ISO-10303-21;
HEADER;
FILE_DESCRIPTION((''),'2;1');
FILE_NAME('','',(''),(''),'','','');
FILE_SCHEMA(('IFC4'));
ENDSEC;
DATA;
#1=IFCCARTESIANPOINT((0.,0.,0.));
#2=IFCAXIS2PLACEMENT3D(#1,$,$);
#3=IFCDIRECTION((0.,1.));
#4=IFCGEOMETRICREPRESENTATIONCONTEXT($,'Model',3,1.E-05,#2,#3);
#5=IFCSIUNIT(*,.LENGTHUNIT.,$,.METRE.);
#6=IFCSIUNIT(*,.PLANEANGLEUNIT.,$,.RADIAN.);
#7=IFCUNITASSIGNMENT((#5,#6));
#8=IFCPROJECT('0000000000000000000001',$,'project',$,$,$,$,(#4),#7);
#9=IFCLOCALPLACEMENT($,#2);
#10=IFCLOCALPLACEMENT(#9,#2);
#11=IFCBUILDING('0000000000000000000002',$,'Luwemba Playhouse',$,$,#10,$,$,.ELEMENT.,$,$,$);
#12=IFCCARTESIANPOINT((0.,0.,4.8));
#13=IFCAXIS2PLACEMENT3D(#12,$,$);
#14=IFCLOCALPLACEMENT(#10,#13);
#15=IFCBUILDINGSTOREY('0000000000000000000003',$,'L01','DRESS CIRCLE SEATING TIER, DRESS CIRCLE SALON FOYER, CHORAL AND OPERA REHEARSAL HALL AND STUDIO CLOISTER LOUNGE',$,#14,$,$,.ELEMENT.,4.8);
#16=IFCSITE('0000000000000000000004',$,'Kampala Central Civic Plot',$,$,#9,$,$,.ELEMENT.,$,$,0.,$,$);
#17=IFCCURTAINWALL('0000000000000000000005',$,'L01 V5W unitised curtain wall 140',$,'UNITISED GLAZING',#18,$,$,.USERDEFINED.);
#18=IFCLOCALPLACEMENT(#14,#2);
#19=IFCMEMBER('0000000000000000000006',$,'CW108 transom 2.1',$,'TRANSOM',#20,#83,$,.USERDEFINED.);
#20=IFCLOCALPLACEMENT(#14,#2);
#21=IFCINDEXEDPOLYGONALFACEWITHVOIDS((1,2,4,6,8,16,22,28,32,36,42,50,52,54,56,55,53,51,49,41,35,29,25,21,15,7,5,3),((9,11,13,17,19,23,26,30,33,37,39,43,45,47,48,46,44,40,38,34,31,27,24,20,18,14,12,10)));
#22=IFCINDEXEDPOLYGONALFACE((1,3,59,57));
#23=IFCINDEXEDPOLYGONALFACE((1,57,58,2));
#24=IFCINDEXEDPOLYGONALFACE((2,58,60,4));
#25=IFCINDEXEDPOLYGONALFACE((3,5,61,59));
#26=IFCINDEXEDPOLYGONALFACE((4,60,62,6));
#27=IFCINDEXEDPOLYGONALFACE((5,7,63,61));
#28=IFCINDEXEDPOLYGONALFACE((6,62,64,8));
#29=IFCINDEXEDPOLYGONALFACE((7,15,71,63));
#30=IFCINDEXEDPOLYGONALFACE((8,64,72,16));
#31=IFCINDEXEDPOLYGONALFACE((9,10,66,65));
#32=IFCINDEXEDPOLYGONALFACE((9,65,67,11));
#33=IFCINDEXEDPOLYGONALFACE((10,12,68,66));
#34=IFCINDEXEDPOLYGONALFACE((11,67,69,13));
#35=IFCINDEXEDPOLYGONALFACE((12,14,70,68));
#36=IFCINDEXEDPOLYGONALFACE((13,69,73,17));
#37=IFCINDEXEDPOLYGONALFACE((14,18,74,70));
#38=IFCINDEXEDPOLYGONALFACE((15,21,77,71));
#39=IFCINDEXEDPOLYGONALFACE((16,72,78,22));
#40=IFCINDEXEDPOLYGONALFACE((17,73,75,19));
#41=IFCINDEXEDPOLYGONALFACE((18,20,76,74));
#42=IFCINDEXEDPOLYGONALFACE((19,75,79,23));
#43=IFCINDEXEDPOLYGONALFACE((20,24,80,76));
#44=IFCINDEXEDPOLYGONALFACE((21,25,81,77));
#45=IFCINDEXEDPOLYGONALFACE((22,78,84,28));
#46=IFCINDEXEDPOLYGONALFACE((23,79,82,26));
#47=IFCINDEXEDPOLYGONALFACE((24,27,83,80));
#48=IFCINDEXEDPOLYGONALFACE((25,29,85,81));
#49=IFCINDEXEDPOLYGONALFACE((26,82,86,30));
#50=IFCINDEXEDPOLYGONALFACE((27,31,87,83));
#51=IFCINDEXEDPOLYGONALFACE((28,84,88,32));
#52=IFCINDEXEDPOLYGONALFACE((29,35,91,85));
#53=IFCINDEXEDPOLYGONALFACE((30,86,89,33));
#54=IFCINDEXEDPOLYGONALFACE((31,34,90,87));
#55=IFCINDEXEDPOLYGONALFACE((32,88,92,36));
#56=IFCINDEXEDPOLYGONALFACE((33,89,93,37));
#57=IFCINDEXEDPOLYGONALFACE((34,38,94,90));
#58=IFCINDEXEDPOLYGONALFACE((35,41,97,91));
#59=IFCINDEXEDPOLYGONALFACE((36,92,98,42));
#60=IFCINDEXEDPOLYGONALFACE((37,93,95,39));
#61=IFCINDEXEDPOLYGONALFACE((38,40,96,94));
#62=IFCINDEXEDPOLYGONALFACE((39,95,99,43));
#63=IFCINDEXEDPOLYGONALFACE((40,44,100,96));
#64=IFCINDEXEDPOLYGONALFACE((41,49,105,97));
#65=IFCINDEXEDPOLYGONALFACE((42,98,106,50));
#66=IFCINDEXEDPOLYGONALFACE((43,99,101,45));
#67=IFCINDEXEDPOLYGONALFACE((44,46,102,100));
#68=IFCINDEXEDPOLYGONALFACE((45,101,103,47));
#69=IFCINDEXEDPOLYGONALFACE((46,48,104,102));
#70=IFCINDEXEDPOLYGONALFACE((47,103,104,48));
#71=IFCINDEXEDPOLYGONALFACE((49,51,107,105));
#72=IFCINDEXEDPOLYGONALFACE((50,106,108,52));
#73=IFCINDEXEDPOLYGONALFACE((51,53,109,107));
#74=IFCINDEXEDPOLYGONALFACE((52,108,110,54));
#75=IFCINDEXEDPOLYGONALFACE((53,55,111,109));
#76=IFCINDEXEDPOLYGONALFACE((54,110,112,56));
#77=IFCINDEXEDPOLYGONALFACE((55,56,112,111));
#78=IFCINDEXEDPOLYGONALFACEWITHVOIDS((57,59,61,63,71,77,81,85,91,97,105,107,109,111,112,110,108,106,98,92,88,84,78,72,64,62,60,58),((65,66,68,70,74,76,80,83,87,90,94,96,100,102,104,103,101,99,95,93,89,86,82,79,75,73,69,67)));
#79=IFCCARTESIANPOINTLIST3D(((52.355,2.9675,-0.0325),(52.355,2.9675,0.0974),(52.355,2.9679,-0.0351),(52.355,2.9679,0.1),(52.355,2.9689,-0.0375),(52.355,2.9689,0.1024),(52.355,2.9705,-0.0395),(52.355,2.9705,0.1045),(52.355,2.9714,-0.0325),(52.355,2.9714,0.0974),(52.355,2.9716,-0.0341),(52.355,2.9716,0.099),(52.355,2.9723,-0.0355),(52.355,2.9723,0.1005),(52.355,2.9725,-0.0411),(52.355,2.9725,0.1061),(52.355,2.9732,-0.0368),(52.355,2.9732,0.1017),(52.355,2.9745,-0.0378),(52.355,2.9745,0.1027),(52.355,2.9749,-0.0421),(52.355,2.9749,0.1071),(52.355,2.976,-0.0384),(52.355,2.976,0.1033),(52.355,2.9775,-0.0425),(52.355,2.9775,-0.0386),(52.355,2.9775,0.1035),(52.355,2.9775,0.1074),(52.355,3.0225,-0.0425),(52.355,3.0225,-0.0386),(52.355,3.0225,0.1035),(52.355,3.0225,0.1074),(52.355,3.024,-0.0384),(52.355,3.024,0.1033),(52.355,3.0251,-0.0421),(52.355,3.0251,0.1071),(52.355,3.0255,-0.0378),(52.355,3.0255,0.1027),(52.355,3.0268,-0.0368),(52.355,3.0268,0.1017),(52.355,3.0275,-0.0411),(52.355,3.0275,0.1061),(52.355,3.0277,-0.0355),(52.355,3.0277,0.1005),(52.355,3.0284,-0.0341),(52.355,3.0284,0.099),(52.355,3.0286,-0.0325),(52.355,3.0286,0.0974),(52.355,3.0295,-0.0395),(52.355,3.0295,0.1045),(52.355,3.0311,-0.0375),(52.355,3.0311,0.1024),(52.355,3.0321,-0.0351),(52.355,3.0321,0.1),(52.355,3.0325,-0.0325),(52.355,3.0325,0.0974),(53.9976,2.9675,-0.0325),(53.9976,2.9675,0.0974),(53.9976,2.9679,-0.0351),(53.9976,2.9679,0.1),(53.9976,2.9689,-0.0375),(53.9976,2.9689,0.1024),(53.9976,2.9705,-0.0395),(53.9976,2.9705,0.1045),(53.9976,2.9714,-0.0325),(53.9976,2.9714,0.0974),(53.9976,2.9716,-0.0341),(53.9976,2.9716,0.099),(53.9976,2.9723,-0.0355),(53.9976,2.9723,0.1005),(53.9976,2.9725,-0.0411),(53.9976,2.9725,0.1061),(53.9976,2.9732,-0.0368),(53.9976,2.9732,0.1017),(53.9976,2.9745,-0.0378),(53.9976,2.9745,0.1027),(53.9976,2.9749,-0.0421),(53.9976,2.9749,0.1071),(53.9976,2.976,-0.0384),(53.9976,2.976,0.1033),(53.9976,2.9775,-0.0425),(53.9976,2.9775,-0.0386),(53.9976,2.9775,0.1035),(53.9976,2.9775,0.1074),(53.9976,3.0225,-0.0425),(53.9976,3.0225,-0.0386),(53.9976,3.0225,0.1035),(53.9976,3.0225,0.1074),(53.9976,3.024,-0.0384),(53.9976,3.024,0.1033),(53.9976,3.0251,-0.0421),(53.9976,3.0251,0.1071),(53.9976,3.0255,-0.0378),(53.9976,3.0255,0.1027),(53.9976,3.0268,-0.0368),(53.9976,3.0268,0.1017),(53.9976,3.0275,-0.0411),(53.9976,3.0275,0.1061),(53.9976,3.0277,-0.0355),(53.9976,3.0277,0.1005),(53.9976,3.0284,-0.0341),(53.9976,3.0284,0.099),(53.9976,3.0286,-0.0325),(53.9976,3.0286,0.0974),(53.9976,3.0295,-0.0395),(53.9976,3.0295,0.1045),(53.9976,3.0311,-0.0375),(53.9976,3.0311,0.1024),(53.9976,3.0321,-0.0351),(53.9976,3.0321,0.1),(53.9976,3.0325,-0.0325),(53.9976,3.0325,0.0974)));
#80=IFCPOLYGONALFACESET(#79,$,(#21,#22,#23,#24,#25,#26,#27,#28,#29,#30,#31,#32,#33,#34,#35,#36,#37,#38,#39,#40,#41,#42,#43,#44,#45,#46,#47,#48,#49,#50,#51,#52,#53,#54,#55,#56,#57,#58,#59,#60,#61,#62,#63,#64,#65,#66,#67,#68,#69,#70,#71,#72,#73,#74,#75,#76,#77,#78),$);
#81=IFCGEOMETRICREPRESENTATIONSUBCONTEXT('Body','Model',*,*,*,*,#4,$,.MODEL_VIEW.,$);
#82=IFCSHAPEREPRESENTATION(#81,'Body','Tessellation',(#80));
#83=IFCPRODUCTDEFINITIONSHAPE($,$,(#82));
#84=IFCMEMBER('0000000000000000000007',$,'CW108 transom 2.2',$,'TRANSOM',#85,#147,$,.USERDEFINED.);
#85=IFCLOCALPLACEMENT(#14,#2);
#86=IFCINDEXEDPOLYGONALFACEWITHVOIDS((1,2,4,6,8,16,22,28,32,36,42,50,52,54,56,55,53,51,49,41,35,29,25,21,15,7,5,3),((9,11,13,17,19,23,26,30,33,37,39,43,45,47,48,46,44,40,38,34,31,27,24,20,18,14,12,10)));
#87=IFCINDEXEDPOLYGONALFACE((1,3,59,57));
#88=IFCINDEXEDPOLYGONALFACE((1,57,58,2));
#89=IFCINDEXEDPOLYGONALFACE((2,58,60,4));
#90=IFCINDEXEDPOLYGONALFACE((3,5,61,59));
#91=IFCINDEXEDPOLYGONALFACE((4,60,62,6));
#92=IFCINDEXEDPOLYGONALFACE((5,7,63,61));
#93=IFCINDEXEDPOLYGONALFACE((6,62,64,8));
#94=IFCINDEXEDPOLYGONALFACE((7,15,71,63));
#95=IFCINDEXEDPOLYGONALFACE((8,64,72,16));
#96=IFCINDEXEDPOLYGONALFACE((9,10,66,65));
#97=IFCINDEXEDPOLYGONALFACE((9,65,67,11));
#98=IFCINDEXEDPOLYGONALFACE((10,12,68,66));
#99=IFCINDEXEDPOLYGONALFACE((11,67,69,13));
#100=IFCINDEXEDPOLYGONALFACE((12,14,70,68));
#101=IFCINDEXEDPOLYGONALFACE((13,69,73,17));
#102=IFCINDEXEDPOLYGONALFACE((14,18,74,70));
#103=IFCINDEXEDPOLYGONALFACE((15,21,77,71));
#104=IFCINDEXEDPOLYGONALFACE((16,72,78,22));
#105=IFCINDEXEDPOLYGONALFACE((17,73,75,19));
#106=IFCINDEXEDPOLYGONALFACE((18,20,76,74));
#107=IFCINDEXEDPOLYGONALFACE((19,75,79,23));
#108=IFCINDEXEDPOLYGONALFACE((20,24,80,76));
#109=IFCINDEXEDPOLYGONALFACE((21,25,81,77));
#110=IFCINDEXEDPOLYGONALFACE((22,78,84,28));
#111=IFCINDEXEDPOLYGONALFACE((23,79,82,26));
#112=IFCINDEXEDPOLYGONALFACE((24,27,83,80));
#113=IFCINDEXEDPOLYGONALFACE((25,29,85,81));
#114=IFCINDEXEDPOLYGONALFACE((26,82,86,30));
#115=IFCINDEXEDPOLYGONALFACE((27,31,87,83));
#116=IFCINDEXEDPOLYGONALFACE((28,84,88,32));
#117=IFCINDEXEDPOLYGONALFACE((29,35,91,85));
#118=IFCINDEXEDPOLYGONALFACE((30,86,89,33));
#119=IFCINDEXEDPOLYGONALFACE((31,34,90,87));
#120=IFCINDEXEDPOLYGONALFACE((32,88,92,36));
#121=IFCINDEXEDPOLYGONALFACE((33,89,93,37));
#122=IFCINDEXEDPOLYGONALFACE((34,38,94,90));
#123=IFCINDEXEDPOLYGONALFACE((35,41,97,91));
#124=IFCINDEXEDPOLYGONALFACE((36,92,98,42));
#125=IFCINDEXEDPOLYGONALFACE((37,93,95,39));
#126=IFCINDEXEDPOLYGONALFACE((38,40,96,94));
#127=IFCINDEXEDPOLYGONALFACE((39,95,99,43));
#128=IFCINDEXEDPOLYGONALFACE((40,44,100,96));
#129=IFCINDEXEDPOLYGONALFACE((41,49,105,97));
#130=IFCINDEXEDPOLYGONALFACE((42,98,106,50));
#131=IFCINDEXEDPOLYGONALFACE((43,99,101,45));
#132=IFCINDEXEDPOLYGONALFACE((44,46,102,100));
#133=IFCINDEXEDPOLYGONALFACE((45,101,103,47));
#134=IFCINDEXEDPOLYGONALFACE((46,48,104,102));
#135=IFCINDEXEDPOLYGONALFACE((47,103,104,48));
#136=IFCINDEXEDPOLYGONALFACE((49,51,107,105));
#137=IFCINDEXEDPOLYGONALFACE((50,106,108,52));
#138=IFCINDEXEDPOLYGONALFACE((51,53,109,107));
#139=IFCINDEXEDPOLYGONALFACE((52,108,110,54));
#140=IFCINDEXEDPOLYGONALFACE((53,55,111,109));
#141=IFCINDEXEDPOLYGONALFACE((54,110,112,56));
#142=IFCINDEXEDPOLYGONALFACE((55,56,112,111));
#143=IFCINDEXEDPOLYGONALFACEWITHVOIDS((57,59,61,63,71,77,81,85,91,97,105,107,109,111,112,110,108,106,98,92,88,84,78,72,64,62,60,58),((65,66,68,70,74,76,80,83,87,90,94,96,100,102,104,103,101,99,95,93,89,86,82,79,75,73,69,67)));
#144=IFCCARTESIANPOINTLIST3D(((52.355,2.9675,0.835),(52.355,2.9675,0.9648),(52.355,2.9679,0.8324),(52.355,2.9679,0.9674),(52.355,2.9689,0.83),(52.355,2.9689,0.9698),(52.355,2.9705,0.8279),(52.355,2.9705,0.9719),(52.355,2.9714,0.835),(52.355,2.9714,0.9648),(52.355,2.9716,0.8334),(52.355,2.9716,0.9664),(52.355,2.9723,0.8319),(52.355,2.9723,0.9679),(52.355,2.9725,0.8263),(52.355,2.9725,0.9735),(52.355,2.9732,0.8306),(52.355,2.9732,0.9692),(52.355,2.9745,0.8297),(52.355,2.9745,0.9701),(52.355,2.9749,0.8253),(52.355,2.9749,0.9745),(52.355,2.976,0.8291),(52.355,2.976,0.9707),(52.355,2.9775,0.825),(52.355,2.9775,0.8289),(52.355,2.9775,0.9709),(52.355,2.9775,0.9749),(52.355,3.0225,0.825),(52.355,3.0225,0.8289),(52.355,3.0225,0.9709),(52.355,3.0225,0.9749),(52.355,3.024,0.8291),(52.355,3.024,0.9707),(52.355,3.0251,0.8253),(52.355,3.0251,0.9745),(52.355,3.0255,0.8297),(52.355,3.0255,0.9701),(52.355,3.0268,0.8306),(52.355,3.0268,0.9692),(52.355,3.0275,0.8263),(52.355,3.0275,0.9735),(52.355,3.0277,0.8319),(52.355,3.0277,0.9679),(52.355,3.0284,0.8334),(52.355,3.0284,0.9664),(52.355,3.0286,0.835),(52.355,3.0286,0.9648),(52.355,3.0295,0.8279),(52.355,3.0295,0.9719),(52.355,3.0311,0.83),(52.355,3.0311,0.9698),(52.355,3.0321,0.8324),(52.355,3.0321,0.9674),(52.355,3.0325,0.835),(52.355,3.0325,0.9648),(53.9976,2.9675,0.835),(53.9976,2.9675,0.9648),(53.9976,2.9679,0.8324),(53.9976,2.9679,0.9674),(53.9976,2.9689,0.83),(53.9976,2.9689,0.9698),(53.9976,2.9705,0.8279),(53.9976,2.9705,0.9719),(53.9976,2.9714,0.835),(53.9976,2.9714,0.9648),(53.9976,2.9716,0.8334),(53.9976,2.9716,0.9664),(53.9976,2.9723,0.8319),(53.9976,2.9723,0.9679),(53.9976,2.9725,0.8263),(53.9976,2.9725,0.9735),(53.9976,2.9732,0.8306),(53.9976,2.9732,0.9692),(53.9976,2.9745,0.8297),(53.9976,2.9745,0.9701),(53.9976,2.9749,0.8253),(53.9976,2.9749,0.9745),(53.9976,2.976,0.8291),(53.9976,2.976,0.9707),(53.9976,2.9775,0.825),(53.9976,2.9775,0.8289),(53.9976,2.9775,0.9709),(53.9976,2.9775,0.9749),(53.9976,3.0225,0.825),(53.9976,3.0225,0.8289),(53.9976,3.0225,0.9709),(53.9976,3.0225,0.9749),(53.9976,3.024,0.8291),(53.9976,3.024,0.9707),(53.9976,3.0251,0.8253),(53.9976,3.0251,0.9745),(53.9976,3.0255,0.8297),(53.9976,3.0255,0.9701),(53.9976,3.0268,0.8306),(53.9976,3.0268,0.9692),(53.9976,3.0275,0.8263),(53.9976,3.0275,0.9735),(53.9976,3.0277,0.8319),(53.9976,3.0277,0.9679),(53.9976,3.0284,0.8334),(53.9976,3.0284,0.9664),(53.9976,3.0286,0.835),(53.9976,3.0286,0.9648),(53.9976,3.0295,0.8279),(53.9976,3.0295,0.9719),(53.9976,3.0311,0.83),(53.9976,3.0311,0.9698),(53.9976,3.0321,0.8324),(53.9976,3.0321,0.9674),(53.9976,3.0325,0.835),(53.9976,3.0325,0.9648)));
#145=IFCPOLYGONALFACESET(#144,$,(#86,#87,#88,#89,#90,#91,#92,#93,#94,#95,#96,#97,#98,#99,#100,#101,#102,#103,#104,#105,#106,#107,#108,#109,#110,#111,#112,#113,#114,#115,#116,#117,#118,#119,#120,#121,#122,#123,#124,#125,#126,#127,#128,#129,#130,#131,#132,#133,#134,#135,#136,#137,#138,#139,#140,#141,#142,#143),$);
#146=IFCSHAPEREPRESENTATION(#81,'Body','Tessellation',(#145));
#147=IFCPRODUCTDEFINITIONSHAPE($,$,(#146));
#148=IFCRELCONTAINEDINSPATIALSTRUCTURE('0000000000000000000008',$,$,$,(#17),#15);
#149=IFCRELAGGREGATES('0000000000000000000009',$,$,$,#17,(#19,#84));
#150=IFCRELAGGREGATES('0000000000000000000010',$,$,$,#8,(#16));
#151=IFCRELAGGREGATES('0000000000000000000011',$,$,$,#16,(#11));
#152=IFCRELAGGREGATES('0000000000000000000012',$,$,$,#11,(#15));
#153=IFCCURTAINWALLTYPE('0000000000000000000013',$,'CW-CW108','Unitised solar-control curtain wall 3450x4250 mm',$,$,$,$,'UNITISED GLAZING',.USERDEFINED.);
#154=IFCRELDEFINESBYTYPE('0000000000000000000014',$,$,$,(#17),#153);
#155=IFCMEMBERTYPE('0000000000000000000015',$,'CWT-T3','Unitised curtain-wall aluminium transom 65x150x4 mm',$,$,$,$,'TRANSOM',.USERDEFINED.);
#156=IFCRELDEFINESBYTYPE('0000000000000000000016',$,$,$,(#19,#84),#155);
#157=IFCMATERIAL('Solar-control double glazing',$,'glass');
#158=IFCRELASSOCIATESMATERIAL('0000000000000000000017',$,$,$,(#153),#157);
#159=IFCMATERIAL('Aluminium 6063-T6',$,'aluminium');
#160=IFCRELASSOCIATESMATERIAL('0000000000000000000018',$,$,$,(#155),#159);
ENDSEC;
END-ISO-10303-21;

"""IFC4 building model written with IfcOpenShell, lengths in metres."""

from ifc_helpers import new_model, si_unit, direction, frame, origin, origin_2d, place, context, subcontext, project, spatial, hollow_rectangle, extrude, material, material_profile, profile_set, type_object, element, aggregate, save


model = new_model("IFC4")

# Units and contexts
model_context = context("Model", 3, precision=1e-05, world=origin(), true_north=direction((0.0, 1.0)))
body_context = subcontext(model_context, "Body", "Model", "MODEL_VIEW")
ifc_project = project(units=[si_unit("LENGTHUNIT", "METRE"), si_unit("PLANEANGLEUNIT", "RADIAN")], contexts=[model_context])

# Site, building, storey
site_placement = place(None, origin())
site = spatial("IfcSite", under=ifc_project, at=site_placement, Name="Kampala Central Civic Plot", CompositionType="ELEMENT", RefElevation=0.0)
building_placement = place(site_placement, origin())
building = spatial("IfcBuilding", under=site, at=building_placement, Name="Luwemba Playhouse", CompositionType="ELEMENT")
storey_placement = place(building_placement, frame((0.0, 0.0, 4.8)))
storey = spatial("IfcBuildingStorey", under=building, at=storey_placement, Name="L01", Description="DRESS CIRCLE SEATING TIER, DRESS CIRCLE SALON FOYER, CHORAL AND OPERA REHEARSAL HALL AND STUDIO CLOISTER LOUNGE", CompositionType="ELEMENT", Elevation=4.8)

# Shared definitions
ifc_material_1 = material(Name="Solar-control double glazing", Category="glass")
ifc_material_2 = material(Name="Aluminium 6063-T6", Category="aluminium")

# Curtain wall
curtain_wall_type_1 = type_object("IfcCurtainWallType", Name="CW-CW108", Description="Unitised solar-control curtain wall 3450x4250 mm", ElementType="UNITISED GLAZING", PredefinedType="USERDEFINED", material=ifc_material_1)
curtain_wall_1_placement = place(storey_placement, origin())
curtain_wall_1 = element("IfcCurtainWall", 1, at=curtain_wall_1_placement, inside=storey, type_object=curtain_wall_type_1, Name="L01 V5W unitised curtain wall 140", ObjectType="UNITISED GLAZING", PredefinedType="USERDEFINED")

# Members
ifc_material_profile_1 = material_profile(ifc_material_2, hollow_rectangle(XDim=0.0649, YDim=0.1499, WallThickness=0.0039, InnerFilletRadius=0.0061, OuterFilletRadius=0.01, at=origin_2d()))
ifc_profile_set_1 = profile_set([ifc_material_profile_1], Name="Aluminium 6063-T6")
member_type_1 = type_object("IfcMemberType", Name="CWT-T3", Description="Unitised curtain-wall aluminium transom 65x150x4 mm", ElementType="TRANSOM", PredefinedType="USERDEFINED", material=ifc_profile_set_1)
member_1_placement = place(storey_placement, frame((53.9976, 3.0, 0.0325), z_axis=(-1.0, 0.0, 0.0), x_axis=(0.0, -1.0, 0.0)))
member_1 = element("IfcMember", 2, at=member_1_placement, type_object=member_type_1, Name="CW108 transom 2.1", ObjectType="TRANSOM", PredefinedType="USERDEFINED", context=body_context, shape_type="SweptSolid", body=[
    extrude(hollow_rectangle(XDim=0.0649, YDim=0.1499, WallThickness=0.0039, InnerFilletRadius=0.0061, OuterFilletRadius=0.01, at=origin_2d()), origin(), (0.0, 0.0, 1.0), 1.6426),
])
member_2_placement = place(storey_placement, frame((53.9976, 3.0, 0.8999), z_axis=(-1.0, 0.0, 0.0), x_axis=(0.0, -1.0, 0.0)))
member_2 = element("IfcMember", 3, at=member_2_placement, type_object=member_type_1, Name="CW108 transom 2.2", ObjectType="TRANSOM", PredefinedType="USERDEFINED", context=body_context, shape_type="SweptSolid", body=[
    extrude(hollow_rectangle(XDim=0.0649, YDim=0.1499, WallThickness=0.0039, InnerFilletRadius=0.0061, OuterFilletRadius=0.01, at=origin_2d()), origin(), (0.0, 0.0, 1.0), 1.6426),
])

aggregate(curtain_wall_1, [member_1, member_2])

save(model, "model.ifc")
